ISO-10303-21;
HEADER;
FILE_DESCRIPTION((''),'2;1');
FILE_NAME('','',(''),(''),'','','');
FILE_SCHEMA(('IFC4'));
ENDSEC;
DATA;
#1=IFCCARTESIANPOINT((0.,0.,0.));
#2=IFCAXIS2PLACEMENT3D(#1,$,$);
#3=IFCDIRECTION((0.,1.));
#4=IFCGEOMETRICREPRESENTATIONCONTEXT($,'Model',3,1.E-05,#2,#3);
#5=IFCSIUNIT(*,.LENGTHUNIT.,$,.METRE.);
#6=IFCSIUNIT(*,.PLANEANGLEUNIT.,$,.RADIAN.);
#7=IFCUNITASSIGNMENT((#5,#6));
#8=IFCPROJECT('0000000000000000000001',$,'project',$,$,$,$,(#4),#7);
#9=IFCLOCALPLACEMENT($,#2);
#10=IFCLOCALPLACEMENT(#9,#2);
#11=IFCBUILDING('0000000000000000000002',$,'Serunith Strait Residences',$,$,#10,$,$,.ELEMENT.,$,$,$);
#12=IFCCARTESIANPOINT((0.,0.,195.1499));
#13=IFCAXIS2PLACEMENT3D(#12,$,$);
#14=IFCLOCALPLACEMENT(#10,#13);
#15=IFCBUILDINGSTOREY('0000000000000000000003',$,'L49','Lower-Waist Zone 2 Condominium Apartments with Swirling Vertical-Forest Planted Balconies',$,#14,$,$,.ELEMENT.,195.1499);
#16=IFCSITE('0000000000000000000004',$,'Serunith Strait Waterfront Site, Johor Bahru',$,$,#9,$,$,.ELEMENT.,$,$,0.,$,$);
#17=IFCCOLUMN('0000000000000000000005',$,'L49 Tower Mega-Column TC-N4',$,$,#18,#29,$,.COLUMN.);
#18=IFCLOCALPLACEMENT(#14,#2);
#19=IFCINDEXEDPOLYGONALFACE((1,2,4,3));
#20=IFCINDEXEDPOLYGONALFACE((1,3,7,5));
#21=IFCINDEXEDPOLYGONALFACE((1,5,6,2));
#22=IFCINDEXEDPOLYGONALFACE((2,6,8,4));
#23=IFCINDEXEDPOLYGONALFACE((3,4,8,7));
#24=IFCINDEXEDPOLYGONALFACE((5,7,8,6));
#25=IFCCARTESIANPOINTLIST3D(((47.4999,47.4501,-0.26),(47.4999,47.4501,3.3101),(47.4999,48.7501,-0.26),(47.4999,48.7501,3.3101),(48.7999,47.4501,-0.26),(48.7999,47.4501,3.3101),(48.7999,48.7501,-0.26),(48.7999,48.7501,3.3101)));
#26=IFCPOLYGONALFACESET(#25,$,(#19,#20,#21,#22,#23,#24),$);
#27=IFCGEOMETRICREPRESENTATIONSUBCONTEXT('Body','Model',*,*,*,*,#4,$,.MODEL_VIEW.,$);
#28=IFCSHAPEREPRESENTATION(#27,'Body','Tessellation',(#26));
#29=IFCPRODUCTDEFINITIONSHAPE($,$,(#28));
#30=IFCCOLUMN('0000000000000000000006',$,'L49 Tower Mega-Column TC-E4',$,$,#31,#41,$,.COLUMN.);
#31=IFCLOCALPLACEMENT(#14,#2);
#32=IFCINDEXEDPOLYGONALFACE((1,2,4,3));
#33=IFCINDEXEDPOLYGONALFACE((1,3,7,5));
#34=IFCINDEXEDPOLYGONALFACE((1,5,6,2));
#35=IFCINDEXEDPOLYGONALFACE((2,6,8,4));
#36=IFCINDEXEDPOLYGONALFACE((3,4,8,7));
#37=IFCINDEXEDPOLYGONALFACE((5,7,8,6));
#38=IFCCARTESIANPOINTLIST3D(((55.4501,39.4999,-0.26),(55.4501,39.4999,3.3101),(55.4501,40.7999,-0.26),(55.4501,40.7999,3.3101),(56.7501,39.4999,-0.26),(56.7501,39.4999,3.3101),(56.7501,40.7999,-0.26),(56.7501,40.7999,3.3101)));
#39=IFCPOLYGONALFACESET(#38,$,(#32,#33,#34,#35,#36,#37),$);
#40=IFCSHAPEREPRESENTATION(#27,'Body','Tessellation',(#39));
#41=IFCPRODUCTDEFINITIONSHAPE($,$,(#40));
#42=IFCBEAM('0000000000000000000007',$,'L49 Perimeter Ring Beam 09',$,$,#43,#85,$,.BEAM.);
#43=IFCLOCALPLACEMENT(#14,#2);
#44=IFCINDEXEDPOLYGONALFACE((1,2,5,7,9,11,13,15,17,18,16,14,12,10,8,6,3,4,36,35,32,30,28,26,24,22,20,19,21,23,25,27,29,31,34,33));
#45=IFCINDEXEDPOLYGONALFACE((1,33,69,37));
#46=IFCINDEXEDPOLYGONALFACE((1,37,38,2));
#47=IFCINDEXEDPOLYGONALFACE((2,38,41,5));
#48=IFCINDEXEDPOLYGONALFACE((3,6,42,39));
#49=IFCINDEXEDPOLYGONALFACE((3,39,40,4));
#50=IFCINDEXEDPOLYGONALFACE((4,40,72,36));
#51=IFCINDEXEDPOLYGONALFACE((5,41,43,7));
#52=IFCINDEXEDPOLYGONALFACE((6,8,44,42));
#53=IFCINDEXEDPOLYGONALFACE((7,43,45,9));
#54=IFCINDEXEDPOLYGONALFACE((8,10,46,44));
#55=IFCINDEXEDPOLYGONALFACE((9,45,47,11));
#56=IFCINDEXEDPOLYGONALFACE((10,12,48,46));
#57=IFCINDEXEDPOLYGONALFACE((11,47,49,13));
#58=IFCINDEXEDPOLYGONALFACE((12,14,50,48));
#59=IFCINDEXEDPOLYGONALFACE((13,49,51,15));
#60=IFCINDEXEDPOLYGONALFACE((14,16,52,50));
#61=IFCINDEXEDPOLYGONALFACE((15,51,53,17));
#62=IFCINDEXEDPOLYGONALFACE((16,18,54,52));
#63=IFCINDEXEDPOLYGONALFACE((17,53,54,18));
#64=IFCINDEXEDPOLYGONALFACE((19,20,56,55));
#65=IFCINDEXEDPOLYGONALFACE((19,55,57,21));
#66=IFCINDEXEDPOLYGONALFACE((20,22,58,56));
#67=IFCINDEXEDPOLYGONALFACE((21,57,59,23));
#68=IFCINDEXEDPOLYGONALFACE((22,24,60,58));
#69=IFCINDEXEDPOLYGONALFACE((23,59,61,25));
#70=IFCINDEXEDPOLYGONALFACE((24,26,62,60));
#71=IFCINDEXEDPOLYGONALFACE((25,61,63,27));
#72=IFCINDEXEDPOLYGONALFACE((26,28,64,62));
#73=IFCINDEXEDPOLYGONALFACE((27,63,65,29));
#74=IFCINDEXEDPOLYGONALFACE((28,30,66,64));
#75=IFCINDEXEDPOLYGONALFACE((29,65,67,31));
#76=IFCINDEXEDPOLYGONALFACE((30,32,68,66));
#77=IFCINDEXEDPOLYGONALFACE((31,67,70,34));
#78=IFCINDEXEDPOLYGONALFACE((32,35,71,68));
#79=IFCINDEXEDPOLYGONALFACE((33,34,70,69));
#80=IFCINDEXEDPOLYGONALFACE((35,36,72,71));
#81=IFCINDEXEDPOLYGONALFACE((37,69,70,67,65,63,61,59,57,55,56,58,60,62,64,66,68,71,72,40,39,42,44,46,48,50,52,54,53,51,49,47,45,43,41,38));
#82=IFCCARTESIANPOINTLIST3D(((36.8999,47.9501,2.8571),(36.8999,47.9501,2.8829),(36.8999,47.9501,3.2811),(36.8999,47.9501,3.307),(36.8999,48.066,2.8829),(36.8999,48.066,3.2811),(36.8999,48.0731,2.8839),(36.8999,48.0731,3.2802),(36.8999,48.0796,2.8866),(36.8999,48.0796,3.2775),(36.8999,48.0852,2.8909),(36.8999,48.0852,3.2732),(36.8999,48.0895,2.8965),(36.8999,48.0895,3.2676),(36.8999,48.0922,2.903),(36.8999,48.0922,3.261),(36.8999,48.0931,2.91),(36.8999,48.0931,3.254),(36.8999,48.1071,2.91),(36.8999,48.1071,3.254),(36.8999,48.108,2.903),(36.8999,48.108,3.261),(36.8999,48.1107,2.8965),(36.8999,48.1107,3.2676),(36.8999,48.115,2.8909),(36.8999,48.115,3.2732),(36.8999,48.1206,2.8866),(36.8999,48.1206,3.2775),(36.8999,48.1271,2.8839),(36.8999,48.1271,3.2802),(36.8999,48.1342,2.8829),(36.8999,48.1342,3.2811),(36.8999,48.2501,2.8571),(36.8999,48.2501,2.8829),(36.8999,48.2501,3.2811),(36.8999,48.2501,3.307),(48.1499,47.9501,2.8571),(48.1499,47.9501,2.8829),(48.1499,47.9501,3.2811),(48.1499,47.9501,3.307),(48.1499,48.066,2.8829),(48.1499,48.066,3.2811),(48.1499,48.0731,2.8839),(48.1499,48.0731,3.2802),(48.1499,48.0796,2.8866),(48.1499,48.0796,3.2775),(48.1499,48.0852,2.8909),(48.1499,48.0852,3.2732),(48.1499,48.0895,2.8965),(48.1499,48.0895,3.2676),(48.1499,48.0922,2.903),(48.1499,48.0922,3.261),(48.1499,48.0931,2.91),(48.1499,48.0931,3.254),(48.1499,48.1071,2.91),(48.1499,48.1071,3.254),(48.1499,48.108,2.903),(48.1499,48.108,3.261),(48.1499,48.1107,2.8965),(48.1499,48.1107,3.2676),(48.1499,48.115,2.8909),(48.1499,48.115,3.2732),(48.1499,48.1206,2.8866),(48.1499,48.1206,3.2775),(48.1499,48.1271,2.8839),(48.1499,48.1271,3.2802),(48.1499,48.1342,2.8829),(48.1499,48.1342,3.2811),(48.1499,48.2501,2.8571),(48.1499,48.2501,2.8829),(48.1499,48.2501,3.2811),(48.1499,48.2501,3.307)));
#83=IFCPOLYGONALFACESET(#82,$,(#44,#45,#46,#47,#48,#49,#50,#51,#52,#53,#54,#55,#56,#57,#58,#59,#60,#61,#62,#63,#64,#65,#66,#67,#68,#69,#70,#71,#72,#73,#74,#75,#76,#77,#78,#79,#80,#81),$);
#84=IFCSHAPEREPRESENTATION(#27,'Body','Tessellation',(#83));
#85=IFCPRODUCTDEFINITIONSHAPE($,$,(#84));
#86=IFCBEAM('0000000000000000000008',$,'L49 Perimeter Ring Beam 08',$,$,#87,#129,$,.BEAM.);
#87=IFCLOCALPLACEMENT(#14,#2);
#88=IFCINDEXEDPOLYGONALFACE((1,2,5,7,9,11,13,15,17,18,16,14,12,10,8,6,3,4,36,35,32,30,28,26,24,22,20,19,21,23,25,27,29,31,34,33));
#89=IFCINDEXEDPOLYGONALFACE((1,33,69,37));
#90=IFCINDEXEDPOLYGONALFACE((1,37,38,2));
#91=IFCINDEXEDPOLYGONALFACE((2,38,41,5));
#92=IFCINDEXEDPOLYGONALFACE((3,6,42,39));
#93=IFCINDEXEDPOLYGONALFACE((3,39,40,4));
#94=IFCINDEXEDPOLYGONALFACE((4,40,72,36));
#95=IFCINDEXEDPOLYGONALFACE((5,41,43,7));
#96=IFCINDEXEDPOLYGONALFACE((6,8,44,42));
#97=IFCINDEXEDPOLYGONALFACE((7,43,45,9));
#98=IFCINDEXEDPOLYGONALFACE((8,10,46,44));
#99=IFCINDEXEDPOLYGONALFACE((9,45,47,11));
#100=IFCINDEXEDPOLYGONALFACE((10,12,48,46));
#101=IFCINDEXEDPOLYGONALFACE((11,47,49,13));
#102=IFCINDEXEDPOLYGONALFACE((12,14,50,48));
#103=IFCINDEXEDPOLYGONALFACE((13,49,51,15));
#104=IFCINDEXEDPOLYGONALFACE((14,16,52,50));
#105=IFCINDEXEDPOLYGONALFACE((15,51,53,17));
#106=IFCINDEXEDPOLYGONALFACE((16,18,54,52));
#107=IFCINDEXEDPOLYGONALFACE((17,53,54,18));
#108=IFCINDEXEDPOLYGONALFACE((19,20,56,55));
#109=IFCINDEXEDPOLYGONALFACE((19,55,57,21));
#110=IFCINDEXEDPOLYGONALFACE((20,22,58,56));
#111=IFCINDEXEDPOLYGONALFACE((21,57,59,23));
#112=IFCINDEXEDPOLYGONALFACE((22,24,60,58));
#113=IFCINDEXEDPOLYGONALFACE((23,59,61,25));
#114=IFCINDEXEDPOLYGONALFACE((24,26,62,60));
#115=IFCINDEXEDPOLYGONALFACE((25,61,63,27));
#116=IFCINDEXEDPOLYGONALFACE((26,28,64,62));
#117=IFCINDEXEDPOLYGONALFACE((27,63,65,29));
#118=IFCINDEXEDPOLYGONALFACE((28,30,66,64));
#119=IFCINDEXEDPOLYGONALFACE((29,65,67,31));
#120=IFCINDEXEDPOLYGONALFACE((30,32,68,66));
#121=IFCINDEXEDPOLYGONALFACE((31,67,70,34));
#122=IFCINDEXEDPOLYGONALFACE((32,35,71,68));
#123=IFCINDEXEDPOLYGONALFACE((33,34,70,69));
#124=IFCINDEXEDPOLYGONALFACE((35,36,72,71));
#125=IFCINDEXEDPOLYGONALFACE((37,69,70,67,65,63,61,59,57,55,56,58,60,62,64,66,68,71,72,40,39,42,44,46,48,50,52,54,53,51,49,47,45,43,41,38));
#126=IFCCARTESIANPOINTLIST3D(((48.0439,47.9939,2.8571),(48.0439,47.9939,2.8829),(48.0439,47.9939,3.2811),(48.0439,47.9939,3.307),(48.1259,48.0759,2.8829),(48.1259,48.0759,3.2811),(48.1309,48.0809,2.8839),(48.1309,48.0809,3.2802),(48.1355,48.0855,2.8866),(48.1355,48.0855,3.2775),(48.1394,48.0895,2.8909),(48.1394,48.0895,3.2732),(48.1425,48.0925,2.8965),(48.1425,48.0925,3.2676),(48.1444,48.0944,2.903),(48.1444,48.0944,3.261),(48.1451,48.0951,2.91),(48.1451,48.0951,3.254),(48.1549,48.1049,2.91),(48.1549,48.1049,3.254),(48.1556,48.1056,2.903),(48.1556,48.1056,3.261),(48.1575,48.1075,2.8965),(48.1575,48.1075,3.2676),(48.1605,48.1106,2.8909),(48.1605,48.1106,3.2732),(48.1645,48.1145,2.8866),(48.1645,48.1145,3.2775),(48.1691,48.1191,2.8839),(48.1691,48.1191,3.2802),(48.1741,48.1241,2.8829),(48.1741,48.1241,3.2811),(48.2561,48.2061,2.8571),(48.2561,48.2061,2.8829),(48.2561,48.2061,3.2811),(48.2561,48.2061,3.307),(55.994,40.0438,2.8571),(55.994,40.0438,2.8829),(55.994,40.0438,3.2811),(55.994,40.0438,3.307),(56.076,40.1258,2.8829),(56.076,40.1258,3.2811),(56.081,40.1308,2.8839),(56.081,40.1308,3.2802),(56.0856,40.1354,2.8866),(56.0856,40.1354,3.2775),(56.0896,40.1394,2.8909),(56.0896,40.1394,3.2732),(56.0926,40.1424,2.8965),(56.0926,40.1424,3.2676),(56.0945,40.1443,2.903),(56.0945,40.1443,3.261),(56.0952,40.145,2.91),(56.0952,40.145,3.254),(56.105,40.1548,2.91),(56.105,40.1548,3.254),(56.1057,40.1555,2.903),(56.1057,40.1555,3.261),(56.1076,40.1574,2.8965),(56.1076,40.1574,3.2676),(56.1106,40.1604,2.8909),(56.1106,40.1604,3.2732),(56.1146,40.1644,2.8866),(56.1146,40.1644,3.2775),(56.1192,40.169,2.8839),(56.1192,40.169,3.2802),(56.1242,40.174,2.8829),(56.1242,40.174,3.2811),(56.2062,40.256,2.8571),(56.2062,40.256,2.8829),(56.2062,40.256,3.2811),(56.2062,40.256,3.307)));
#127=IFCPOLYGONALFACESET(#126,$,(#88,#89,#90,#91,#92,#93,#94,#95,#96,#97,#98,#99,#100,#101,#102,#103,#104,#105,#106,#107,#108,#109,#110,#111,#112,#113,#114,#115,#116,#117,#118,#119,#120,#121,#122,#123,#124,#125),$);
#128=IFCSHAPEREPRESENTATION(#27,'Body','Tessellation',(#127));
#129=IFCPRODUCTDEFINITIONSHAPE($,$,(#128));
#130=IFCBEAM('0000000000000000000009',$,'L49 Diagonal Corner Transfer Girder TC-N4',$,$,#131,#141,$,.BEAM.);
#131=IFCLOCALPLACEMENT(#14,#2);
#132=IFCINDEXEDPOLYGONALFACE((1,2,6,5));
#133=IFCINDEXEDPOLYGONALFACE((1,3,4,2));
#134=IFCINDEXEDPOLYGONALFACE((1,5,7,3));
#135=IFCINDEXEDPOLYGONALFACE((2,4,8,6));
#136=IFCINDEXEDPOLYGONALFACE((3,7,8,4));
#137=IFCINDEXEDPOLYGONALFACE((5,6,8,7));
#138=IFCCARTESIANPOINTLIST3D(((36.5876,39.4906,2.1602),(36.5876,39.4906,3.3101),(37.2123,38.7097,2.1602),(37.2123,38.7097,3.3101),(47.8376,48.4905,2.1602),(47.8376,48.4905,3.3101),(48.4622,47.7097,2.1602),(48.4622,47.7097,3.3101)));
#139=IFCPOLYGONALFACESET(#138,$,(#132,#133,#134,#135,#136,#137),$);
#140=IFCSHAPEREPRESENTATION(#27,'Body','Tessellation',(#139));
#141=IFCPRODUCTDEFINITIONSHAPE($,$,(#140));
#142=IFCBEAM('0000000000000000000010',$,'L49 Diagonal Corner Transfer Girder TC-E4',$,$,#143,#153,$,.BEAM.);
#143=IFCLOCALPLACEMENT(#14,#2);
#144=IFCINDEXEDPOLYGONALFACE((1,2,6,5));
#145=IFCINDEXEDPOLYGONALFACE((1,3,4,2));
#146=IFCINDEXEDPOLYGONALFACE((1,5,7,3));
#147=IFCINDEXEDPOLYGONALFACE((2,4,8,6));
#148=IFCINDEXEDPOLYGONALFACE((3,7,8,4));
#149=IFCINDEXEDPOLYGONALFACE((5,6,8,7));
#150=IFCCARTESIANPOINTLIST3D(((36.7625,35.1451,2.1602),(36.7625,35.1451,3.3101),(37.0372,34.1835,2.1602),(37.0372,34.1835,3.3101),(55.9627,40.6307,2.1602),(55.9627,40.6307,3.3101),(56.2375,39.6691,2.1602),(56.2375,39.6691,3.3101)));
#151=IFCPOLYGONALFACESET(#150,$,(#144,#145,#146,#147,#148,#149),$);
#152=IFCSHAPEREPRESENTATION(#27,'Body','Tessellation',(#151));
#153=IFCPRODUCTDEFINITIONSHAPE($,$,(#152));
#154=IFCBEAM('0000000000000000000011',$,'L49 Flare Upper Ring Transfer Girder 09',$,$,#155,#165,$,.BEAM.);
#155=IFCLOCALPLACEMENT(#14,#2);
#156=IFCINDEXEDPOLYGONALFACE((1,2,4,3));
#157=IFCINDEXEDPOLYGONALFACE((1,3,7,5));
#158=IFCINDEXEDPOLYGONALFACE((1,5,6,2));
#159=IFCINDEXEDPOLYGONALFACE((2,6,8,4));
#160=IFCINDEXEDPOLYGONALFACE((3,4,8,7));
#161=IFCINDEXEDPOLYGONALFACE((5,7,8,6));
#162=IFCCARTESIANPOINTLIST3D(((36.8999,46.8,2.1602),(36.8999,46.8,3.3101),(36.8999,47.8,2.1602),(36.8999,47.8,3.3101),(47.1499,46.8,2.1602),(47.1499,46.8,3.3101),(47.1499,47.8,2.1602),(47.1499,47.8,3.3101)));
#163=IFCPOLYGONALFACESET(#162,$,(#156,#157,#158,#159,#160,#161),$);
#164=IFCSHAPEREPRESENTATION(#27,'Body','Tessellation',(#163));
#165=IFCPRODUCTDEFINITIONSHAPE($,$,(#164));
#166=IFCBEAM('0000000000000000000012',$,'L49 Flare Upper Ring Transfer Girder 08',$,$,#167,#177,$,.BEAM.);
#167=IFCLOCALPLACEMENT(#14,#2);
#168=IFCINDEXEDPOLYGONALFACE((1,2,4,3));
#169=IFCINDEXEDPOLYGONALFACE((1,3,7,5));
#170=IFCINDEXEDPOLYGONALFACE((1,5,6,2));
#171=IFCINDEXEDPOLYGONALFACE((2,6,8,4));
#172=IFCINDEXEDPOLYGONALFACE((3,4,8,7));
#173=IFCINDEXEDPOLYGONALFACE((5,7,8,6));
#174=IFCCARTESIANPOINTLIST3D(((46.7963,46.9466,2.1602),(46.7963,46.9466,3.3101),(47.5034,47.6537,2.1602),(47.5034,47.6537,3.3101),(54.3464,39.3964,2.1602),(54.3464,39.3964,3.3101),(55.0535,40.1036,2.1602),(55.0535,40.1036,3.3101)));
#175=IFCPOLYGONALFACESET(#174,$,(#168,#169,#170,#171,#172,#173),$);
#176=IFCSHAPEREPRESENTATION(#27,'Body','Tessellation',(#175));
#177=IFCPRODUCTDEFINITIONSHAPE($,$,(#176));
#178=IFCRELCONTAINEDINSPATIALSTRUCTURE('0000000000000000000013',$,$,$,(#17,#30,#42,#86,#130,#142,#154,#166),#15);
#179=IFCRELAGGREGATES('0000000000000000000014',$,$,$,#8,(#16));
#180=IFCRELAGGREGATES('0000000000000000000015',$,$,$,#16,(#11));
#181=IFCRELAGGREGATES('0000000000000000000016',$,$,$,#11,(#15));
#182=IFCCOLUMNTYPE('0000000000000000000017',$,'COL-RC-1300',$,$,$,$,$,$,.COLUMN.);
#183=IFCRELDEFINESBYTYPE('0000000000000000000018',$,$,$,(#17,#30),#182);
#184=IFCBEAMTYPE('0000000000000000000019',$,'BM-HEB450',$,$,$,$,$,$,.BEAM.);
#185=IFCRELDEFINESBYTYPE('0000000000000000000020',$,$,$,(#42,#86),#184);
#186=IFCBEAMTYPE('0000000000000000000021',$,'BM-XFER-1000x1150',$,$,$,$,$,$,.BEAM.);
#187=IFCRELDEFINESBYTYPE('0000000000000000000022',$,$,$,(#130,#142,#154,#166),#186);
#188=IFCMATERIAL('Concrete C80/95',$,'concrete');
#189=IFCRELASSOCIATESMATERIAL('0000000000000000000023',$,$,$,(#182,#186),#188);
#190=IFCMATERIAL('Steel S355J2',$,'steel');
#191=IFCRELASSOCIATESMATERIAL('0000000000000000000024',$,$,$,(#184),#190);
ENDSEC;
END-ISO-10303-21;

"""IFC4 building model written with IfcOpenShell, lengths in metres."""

from ifc_helpers import new_model, si_unit, direction, frame, origin, origin_2d, place, context, subcontext, project, spatial, rectangle, i_section, extrude, source, transform, mapped, material, material_profile, profile_set, type_object, element, save


model = new_model("IFC4")

# Units and contexts
model_context = context("Model", 3, precision=1e-05, world=origin(), true_north=direction((0.0, 1.0)))
body_context = subcontext(model_context, "Body", "Model", "MODEL_VIEW")
ifc_project = project(units=[si_unit("LENGTHUNIT", "METRE"), si_unit("PLANEANGLEUNIT", "RADIAN")], contexts=[model_context])

# Site, building, storey
site_placement = place(None, origin())
site = spatial("IfcSite", under=ifc_project, at=site_placement, Name="Serunith Strait Waterfront Site, Johor Bahru", CompositionType="ELEMENT", RefElevation=0.0)
building_placement = place(site_placement, origin())
building = spatial("IfcBuilding", under=site, at=building_placement, Name="Serunith Strait Residences", CompositionType="ELEMENT")
storey_placement = place(building_placement, frame((0.0, 0.0, 195.1499)))
storey = spatial("IfcBuildingStorey", under=building, at=storey_placement, Name="L49", Description="Lower-Waist Zone 2 Condominium Apartments with Swirling Vertical-Forest Planted Balconies", CompositionType="ELEMENT", Elevation=195.1499)

# Columns
ifc_material_1 = material(Name="Concrete C80/95", Category="concrete")
ifc_material_profile_1 = material_profile(ifc_material_1, rectangle(XDim=1.3, YDim=1.3, at=origin_2d()), Name="RC 1300x1300")
ifc_profile_set_1 = profile_set([ifc_material_profile_1], Name="Concrete C80/95")
column_type = type_object("IfcColumnType", Name="COL-RC-1300", PredefinedType="COLUMN", material=ifc_profile_set_1)
shared_shape_1 = source(origin(), body_context, "Body", "SweptSolid", [
    extrude(rectangle(XDim=1.3, YDim=1.3, at=origin_2d()), origin(), (0.0, 0.0, 1.0), 3.5701),
])
for number, where, z_axis, x_axis, name in (
    (1, (48.1499, 48.1001, -0.26), (0.0, 0.0, 1.0), (1.0, 0.0, 0.0), "L49 Tower Mega-Column TC-N4"),
    (2, (56.1001, 40.1499, -0.26), (0.0, 0.0, 1.0), (1.0, 0.0, 0.0), "L49 Tower Mega-Column TC-E4"),
):
    element("IfcColumn", number, at=place(storey_placement, frame(where, z_axis=z_axis, x_axis=x_axis)), inside=storey, type_object=column_type, Name=name, PredefinedType="COLUMN", context=body_context, shape_type="MappedRepresentation", body=[
        mapped(shared_shape_1, transform((0.0, 0.0, 0.0), scale=1.0)),
    ])

# Beams
ifc_material_2 = material(Name="Steel S355J2", Category="steel")
ifc_material_profile_2 = material_profile(ifc_material_2, i_section(OverallWidth=0.3, OverallDepth=0.45, WebThickness=0.0139, FlangeThickness=0.0259, FilletRadius=0.0271, at=origin_2d()), Name="HEB 450")
ifc_profile_set_2 = profile_set([ifc_material_profile_2], Name="Steel S355J2")
beam_type_1 = type_object("IfcBeamType", Name="BM-HEB450", PredefinedType="BEAM", material=ifc_profile_set_2)
shared_shape_2 = source(origin(), body_context, "Body", "SweptSolid", [
    extrude(i_section(OverallWidth=0.3, OverallDepth=0.45, WebThickness=0.0139, FlangeThickness=0.0259, FilletRadius=0.0271, at=origin_2d()), origin(), (0.0, 0.0, 1.0), 11.25),
])
beam_1_placement = place(storey_placement, frame((48.1499, 48.1001, 3.082), z_axis=(-1.0, 0.0, 0.0), x_axis=(0.0, -1.0, 0.0)))
element("IfcBeam", 3, at=beam_1_placement, inside=storey, type_object=beam_type_1, Name="L49 Perimeter Ring Beam 09", PredefinedType="BEAM", context=body_context, shape_type="MappedRepresentation", body=[
    mapped(shared_shape_2, transform((0.0, 0.0, 0.0), scale=1.0)),
])
shared_shape_3 = source(origin(), body_context, "Body", "SweptSolid", [
    extrude(i_section(OverallWidth=0.3, OverallDepth=0.45, WebThickness=0.0139, FlangeThickness=0.0259, FilletRadius=0.0271, at=origin_2d()), origin(), (0.0, 0.0, 1.0), 11.2432),
])
beam_2_placement = place(storey_placement, frame((56.1001, 40.1499, 3.082), z_axis=(-0.707107, 0.707107, 0.0), x_axis=(-0.707107, -0.707107, 0.0)))
element("IfcBeam", 4, at=beam_2_placement, inside=storey, type_object=beam_type_1, Name="L49 Perimeter Ring Beam 08", PredefinedType="BEAM", context=body_context, shape_type="MappedRepresentation", body=[
    mapped(shared_shape_3, transform((0.0, 0.0, 0.0), scale=1.0)),
])
ifc_material_profile_3 = material_profile(ifc_material_1, rectangle(XDim=1.0, YDim=1.1499, at=origin_2d()), Name="RC 1000x1150")
ifc_profile_set_3 = profile_set([ifc_material_profile_3], Name="Concrete C80/95")
beam_type_2 = type_object("IfcBeamType", Name="BM-XFER-1000x1150", PredefinedType="BEAM", material=ifc_profile_set_3)
shared_shape_4 = source(origin(), body_context, "Body", "SweptSolid", [
    extrude(rectangle(XDim=1.0, YDim=1.1499, at=origin_2d()), origin(), (0.0, 0.0, 1.0), 14.407),
])
beam_3_placement = place(storey_placement, frame((48.1499, 48.1001, 2.7351), z_axis=(-0.780869, -0.624695, 0.0), x_axis=(0.624695, -0.780869, 0.0)))
element("IfcBeam", 5, at=beam_3_placement, inside=storey, type_object=beam_type_2, Name="L49 Diagonal Corner Transfer Girder TC-N4", PredefinedType="BEAM", context=body_context, shape_type="MappedRepresentation", body=[
    mapped(shared_shape_4, transform((0.0, 0.0, 0.0), scale=1.0)),
])
shared_shape_5 = source(origin(), body_context, "Body", "SweptSolid", [
    extrude(rectangle(XDim=1.0, YDim=1.1499, at=origin_2d()), origin(), (0.0, 0.0, 1.0), 19.9685),
])
beam_4_placement = place(storey_placement, frame((56.1001, 40.1499, 2.7351), z_axis=(-0.961526, -0.274713, 0.0), x_axis=(0.274713, -0.961526, 0.0)))
element("IfcBeam", 6, at=beam_4_placement, inside=storey, type_object=beam_type_2, Name="L49 Diagonal Corner Transfer Girder TC-E4", PredefinedType="BEAM", context=body_context, shape_type="MappedRepresentation", body=[
    mapped(shared_shape_5, transform((0.0, 0.0, 0.0), scale=1.0)),
])
shared_shape_6 = source(origin(), body_context, "Body", "SweptSolid", [
    extrude(rectangle(XDim=1.0, YDim=1.1499, at=origin_2d()), origin(), (0.0, 0.0, 1.0), 10.25),
])
beam_5_placement = place(storey_placement, frame((47.1499, 47.3, 2.7351), z_axis=(-1.0, 0.0, 0.0), x_axis=(0.0, -1.0, 0.0)))
element("IfcBeam", 7, at=beam_5_placement, inside=storey, type_object=beam_type_2, Name="L49 Flare Upper Ring Transfer Girder 09", PredefinedType="BEAM", context=body_context, shape_type="MappedRepresentation", body=[
    mapped(shared_shape_6, transform((0.0, 0.0, 0.0), scale=1.0)),
])
shared_shape_7 = source(origin(), body_context, "Body", "SweptSolid", [
    extrude(rectangle(XDim=1.0, YDim=1.1499, at=origin_2d()), origin(), (0.0, 0.0, 1.0), 10.6775),
])
beam_6_placement = place(storey_placement, frame((54.7, 39.75, 2.7351), z_axis=(-0.707107, 0.707107, 0.0), x_axis=(-0.707107, -0.707107, 0.0)))
element("IfcBeam", 8, at=beam_6_placement, inside=storey, type_object=beam_type_2, Name="L49 Flare Upper Ring Transfer Girder 08", PredefinedType="BEAM", context=body_context, shape_type="MappedRepresentation", body=[
    mapped(shared_shape_7, transform((0.0, 0.0, 0.0), scale=1.0)),
])

save(model, "model.ifc")
